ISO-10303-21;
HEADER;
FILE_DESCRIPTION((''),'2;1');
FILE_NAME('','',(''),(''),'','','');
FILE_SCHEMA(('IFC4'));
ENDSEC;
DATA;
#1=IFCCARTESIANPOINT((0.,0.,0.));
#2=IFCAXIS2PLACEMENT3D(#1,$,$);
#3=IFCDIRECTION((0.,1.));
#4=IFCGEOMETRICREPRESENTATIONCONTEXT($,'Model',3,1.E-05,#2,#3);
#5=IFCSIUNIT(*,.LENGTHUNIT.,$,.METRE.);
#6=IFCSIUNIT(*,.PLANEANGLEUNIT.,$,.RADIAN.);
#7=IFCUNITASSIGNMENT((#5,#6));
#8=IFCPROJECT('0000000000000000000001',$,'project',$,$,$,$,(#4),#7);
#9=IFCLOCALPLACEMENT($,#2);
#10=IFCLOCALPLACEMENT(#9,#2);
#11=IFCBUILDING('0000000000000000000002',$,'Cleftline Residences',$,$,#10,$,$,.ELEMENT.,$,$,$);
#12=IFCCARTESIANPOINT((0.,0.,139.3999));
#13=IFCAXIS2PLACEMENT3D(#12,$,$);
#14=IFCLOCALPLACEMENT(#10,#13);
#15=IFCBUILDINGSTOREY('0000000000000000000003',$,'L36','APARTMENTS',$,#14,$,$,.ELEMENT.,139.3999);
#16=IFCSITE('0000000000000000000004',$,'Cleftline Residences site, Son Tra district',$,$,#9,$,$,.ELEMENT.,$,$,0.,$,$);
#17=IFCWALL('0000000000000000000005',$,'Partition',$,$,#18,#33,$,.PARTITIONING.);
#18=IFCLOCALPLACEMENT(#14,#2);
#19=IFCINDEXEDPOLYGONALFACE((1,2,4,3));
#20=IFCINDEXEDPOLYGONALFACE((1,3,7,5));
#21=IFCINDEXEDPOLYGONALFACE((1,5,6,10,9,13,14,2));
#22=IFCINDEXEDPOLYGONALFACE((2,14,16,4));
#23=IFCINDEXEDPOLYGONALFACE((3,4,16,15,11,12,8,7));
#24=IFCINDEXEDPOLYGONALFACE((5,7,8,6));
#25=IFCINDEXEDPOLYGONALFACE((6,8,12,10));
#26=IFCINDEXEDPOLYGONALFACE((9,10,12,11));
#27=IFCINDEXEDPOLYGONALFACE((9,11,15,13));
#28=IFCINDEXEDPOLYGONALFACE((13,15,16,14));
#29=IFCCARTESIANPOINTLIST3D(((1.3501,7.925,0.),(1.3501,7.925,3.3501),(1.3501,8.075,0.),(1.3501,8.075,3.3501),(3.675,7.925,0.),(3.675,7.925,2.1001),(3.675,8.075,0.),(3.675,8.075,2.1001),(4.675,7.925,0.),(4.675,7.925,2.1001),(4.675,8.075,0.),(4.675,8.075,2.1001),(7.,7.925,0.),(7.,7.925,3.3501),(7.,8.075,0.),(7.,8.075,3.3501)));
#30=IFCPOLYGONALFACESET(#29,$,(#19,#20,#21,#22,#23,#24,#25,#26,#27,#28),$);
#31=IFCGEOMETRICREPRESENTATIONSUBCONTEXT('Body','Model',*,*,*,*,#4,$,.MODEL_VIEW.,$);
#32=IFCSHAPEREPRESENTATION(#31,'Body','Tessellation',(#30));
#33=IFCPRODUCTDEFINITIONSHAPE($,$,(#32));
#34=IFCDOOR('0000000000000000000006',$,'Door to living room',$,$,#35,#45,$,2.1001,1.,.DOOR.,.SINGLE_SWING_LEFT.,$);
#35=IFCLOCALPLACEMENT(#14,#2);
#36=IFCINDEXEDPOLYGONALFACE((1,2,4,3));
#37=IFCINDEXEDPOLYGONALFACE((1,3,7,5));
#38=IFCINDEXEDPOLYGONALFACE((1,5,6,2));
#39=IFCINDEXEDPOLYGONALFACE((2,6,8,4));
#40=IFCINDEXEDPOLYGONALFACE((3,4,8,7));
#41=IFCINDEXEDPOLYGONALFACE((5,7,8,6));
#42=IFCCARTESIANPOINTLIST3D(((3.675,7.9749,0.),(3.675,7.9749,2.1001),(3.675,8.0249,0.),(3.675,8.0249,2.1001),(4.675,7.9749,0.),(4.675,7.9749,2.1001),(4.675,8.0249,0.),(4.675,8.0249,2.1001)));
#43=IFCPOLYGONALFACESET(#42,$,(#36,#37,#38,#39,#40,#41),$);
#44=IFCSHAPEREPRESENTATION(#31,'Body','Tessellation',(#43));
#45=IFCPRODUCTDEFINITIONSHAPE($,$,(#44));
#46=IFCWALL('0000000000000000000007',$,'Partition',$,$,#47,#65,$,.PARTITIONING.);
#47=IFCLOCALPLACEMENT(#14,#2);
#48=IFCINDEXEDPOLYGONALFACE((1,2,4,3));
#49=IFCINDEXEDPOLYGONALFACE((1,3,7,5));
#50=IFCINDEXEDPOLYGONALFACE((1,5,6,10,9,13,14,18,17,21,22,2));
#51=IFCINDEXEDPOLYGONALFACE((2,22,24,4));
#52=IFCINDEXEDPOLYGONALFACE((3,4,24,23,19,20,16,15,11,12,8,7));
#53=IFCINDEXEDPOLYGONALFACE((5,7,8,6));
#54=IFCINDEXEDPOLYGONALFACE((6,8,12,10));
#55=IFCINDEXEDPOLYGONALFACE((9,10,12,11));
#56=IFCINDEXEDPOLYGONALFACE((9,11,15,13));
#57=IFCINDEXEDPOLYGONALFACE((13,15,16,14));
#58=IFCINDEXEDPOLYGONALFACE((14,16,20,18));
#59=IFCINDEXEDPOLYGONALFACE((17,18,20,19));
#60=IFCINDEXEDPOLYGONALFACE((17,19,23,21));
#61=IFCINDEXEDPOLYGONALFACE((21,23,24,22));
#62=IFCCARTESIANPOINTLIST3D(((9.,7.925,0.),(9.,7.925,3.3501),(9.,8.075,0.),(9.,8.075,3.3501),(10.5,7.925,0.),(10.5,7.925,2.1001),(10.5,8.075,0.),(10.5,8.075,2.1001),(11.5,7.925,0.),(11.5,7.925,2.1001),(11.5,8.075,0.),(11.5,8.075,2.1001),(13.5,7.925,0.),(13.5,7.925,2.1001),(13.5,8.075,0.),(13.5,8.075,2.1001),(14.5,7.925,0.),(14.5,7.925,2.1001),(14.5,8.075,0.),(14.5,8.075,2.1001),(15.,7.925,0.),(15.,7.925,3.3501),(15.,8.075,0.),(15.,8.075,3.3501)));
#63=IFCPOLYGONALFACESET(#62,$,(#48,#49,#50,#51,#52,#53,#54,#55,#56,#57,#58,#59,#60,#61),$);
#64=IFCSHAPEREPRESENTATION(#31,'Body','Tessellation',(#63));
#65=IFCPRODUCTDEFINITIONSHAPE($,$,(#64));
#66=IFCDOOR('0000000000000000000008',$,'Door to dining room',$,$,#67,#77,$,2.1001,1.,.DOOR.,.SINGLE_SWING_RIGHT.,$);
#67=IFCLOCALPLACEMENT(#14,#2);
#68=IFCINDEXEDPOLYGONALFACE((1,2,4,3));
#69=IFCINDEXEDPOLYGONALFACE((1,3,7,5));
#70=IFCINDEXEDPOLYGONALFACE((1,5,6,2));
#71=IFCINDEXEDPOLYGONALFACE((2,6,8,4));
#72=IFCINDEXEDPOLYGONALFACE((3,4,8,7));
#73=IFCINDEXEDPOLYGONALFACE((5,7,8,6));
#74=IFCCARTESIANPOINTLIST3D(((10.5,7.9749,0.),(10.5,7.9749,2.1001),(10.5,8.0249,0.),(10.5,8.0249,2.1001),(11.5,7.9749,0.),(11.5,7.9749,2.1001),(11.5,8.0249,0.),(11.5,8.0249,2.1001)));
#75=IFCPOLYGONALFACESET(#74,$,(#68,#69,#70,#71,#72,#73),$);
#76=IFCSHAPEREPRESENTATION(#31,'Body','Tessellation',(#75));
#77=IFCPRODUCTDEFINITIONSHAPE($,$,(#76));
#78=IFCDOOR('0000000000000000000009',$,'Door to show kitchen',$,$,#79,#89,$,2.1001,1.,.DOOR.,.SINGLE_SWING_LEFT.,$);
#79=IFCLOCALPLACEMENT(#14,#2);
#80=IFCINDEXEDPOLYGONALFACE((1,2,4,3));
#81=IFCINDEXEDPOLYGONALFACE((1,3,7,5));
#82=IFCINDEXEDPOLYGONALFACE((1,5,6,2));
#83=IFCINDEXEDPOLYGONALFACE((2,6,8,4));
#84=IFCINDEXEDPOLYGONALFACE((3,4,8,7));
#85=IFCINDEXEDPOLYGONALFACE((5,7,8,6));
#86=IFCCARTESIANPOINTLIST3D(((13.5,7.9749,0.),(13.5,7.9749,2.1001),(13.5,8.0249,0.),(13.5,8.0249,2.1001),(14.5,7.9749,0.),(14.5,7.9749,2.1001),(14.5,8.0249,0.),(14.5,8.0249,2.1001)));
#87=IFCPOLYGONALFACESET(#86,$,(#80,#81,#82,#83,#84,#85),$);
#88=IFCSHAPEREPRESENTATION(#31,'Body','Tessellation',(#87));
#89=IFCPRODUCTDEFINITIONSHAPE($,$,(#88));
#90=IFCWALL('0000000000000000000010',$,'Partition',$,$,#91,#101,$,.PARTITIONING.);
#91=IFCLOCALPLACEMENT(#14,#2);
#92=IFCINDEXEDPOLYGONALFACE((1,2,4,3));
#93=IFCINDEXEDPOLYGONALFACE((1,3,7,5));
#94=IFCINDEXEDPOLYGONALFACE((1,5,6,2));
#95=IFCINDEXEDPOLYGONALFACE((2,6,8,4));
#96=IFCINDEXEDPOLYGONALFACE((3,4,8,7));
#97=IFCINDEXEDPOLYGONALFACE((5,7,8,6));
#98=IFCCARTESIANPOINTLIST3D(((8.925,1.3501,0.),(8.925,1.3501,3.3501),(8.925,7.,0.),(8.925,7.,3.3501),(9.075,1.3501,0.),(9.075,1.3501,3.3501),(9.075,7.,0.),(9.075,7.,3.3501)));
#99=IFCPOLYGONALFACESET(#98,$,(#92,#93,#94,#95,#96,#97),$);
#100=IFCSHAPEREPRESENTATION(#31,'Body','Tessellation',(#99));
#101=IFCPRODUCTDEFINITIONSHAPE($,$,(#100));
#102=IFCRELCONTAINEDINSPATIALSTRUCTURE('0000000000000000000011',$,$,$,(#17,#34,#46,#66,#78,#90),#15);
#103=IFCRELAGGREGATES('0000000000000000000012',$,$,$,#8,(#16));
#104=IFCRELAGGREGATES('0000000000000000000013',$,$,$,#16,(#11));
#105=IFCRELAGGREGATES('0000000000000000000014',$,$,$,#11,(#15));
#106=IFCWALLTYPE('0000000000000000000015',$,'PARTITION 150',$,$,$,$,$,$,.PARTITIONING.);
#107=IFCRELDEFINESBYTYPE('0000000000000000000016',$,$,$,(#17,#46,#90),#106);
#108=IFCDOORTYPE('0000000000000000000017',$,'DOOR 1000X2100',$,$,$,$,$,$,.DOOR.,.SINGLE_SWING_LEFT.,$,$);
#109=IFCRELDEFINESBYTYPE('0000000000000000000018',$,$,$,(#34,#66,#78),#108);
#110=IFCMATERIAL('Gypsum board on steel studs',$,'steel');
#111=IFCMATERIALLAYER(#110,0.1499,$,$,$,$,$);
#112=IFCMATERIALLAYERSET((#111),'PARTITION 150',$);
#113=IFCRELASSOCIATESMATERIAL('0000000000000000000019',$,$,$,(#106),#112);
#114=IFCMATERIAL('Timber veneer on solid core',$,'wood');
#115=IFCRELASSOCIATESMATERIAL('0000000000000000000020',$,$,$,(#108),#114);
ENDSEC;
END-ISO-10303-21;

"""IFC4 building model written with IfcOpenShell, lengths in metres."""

from ifc_helpers import new_model, si_unit, direction, frame, frame_2d, origin, place, context, subcontext, project, spatial, rectangle, extrude, material, layer, layer_set, type_object, element, fill, save


model = new_model("IFC4")

# Units and contexts
model_context = context("Model", 3, precision=1e-05, world=origin(), true_north=direction((0.0, 1.0)))
body_context = subcontext(model_context, "Body", "Model", "MODEL_VIEW")
ifc_project = project(units=[si_unit("LENGTHUNIT", "METRE"), si_unit("PLANEANGLEUNIT", "RADIAN")], contexts=[model_context])

# Site, building, storey
site_placement = place(None, origin())
site = spatial("IfcSite", under=ifc_project, at=site_placement, Name="Cleftline Residences site, Son Tra district", CompositionType="ELEMENT", RefElevation=0.0)
building_placement = place(site_placement, origin())
building = spatial("IfcBuilding", under=site, at=building_placement, Name="Cleftline Residences", CompositionType="ELEMENT")
storey_placement = place(building_placement, frame((0.0, 0.0, 139.3999)))
storey = spatial("IfcBuildingStorey", under=building, at=storey_placement, Name="L36", Description="APARTMENTS", CompositionType="ELEMENT", Elevation=139.3999)

# Wall, opening, door
ifc_material_1 = material(Name="Gypsum board on steel studs", Category="steel")
ifc_layer_1 = layer(ifc_material_1, 0.1499)
ifc_layer_set_1 = layer_set([ifc_layer_1], Name="PARTITION 150")
wall_type_1 = type_object("IfcWallType", Name="PARTITION 150", PredefinedType="PARTITIONING", material=ifc_layer_set_1)
wall_1_placement = place(storey_placement, frame((1.3501, 8.0, 0.0), z_axis=(0.0, 0.0, 1.0), x_axis=(1.0, 0.0, 0.0)))
wall_1 = element("IfcWall", 1, at=wall_1_placement, inside=storey, type_object=wall_type_1, Name="Partition", PredefinedType="PARTITIONING", context=body_context, shape_type="SweptSolid", body=[
    extrude(rectangle(XDim=5.6499, YDim=0.1499, at=frame_2d((2.825, 0.0))), origin(), (0.0, 0.0, 1.0), 3.3501),
])
opening_1_placement = place(wall_1_placement, frame((2.325, 0.0, 0.0)))
opening_1 = element("IfcOpeningElement", 2, at=opening_1_placement, cuts=wall_1, PredefinedType="OPENING", context=body_context, shape_type="SweptSolid", body=[
    extrude(rectangle(XDim=1.0, YDim=2.1001, at=frame_2d((0.5, 1.05))), frame((0.0, 0.085, 0.0), z_axis=(0.0, -1.0, 0.0), x_axis=(1.0, 0.0, 0.0)), (0.0, 0.0, 1.0), 0.1699),
])
ifc_material_2 = material(Name="Timber veneer on solid core", Category="wood")
door_type = type_object("IfcDoorType", Name="DOOR 1000X2100", OperationType="SINGLE_SWING_LEFT", PredefinedType="DOOR", material=ifc_material_2)
door_1_placement = place(opening_1_placement, origin())
door_1 = element("IfcDoor", 3, at=door_1_placement, inside=storey, type_object=door_type, Name="Door to living room", OperationType="SINGLE_SWING_LEFT", OverallHeight=2.1001, OverallWidth=1.0, PredefinedType="DOOR", context=body_context, shape_type="SweptSolid", body=[
    extrude(rectangle(XDim=1.0, YDim=2.1001, at=frame_2d((0.5, 1.05))), frame((0.0, 0.0249, 0.0), z_axis=(0.0, -1.0, 0.0), x_axis=(1.0, 0.0, 0.0)), (0.0, 0.0, 1.0), 0.05),
])
fill(opening_1, door_1)

# Wall, openings, doors
wall_2_placement = place(storey_placement, frame((9.0, 8.0, 0.0), z_axis=(0.0, 0.0, 1.0), x_axis=(1.0, 0.0, 0.0)))
wall_2 = element("IfcWall", 4, at=wall_2_placement, inside=storey, type_object=wall_type_1, Name="Partition", PredefinedType="PARTITIONING", context=body_context, shape_type="SweptSolid", body=[
    extrude(rectangle(XDim=6.0, YDim=0.1499, at=frame_2d((3.0, 0.0))), origin(), (0.0, 0.0, 1.0), 3.3501),
])
opening_2_placement = place(wall_2_placement, frame((1.5, 0.0, 0.0)))
opening_2 = element("IfcOpeningElement", 5, at=opening_2_placement, cuts=wall_2, PredefinedType="OPENING", context=body_context, shape_type="SweptSolid", body=[
    extrude(rectangle(XDim=1.0, YDim=2.1001, at=frame_2d((0.5, 1.05))), frame((0.0, 0.085, 0.0), z_axis=(0.0, -1.0, 0.0), x_axis=(1.0, 0.0, 0.0)), (0.0, 0.0, 1.0), 0.1699),
])
opening_3_placement = place(wall_2_placement, frame((4.5, 0.0, 0.0)))
opening_3 = element("IfcOpeningElement", 6, at=opening_3_placement, cuts=wall_2, PredefinedType="OPENING", context=body_context, shape_type="SweptSolid", body=[
    extrude(rectangle(XDim=1.0, YDim=2.1001, at=frame_2d((0.5, 1.05))), frame((0.0, 0.085, 0.0), z_axis=(0.0, -1.0, 0.0), x_axis=(1.0, 0.0, 0.0)), (0.0, 0.0, 1.0), 0.1699),
])
door_2_placement = place(opening_2_placement, origin())
door_2 = element("IfcDoor", 7, at=door_2_placement, inside=storey, type_object=door_type, Name="Door to dining room", OperationType="SINGLE_SWING_RIGHT", OverallHeight=2.1001, OverallWidth=1.0, PredefinedType="DOOR", context=body_context, shape_type="SweptSolid", body=[
    extrude(rectangle(XDim=1.0, YDim=2.1001, at=frame_2d((0.5, 1.05))), frame((0.0, 0.0249, 0.0), z_axis=(0.0, -1.0, 0.0), x_axis=(1.0, 0.0, 0.0)), (0.0, 0.0, 1.0), 0.05),
])
fill(opening_2, door_2)
door_3_placement = place(opening_3_placement, origin())
door_3 = element("IfcDoor", 8, at=door_3_placement, inside=storey, type_object=door_type, Name="Door to show kitchen", OperationType="SINGLE_SWING_LEFT", OverallHeight=2.1001, OverallWidth=1.0, PredefinedType="DOOR", context=body_context, shape_type="SweptSolid", body=[
    extrude(rectangle(XDim=1.0, YDim=2.1001, at=frame_2d((0.5, 1.05))), frame((0.0, 0.0249, 0.0), z_axis=(0.0, -1.0, 0.0), x_axis=(1.0, 0.0, 0.0)), (0.0, 0.0, 1.0), 0.05),
])
fill(opening_3, door_3)

# Wall
wall_3_placement = place(storey_placement, frame((9.0, 1.3501, 0.0), z_axis=(0.0, 0.0, 1.0), x_axis=(0.0, 1.0, 0.0)))
element("IfcWall", 9, at=wall_3_placement, inside=storey, type_object=wall_type_1, Name="Partition", PredefinedType="PARTITIONING", context=body_context, shape_type="SweptSolid", body=[
    extrude(rectangle(XDim=5.6499, YDim=0.1499, at=frame_2d((2.825, 0.0))), origin(), (0.0, 0.0, 1.0), 3.3501),
])

save(model, "model.ifc")
